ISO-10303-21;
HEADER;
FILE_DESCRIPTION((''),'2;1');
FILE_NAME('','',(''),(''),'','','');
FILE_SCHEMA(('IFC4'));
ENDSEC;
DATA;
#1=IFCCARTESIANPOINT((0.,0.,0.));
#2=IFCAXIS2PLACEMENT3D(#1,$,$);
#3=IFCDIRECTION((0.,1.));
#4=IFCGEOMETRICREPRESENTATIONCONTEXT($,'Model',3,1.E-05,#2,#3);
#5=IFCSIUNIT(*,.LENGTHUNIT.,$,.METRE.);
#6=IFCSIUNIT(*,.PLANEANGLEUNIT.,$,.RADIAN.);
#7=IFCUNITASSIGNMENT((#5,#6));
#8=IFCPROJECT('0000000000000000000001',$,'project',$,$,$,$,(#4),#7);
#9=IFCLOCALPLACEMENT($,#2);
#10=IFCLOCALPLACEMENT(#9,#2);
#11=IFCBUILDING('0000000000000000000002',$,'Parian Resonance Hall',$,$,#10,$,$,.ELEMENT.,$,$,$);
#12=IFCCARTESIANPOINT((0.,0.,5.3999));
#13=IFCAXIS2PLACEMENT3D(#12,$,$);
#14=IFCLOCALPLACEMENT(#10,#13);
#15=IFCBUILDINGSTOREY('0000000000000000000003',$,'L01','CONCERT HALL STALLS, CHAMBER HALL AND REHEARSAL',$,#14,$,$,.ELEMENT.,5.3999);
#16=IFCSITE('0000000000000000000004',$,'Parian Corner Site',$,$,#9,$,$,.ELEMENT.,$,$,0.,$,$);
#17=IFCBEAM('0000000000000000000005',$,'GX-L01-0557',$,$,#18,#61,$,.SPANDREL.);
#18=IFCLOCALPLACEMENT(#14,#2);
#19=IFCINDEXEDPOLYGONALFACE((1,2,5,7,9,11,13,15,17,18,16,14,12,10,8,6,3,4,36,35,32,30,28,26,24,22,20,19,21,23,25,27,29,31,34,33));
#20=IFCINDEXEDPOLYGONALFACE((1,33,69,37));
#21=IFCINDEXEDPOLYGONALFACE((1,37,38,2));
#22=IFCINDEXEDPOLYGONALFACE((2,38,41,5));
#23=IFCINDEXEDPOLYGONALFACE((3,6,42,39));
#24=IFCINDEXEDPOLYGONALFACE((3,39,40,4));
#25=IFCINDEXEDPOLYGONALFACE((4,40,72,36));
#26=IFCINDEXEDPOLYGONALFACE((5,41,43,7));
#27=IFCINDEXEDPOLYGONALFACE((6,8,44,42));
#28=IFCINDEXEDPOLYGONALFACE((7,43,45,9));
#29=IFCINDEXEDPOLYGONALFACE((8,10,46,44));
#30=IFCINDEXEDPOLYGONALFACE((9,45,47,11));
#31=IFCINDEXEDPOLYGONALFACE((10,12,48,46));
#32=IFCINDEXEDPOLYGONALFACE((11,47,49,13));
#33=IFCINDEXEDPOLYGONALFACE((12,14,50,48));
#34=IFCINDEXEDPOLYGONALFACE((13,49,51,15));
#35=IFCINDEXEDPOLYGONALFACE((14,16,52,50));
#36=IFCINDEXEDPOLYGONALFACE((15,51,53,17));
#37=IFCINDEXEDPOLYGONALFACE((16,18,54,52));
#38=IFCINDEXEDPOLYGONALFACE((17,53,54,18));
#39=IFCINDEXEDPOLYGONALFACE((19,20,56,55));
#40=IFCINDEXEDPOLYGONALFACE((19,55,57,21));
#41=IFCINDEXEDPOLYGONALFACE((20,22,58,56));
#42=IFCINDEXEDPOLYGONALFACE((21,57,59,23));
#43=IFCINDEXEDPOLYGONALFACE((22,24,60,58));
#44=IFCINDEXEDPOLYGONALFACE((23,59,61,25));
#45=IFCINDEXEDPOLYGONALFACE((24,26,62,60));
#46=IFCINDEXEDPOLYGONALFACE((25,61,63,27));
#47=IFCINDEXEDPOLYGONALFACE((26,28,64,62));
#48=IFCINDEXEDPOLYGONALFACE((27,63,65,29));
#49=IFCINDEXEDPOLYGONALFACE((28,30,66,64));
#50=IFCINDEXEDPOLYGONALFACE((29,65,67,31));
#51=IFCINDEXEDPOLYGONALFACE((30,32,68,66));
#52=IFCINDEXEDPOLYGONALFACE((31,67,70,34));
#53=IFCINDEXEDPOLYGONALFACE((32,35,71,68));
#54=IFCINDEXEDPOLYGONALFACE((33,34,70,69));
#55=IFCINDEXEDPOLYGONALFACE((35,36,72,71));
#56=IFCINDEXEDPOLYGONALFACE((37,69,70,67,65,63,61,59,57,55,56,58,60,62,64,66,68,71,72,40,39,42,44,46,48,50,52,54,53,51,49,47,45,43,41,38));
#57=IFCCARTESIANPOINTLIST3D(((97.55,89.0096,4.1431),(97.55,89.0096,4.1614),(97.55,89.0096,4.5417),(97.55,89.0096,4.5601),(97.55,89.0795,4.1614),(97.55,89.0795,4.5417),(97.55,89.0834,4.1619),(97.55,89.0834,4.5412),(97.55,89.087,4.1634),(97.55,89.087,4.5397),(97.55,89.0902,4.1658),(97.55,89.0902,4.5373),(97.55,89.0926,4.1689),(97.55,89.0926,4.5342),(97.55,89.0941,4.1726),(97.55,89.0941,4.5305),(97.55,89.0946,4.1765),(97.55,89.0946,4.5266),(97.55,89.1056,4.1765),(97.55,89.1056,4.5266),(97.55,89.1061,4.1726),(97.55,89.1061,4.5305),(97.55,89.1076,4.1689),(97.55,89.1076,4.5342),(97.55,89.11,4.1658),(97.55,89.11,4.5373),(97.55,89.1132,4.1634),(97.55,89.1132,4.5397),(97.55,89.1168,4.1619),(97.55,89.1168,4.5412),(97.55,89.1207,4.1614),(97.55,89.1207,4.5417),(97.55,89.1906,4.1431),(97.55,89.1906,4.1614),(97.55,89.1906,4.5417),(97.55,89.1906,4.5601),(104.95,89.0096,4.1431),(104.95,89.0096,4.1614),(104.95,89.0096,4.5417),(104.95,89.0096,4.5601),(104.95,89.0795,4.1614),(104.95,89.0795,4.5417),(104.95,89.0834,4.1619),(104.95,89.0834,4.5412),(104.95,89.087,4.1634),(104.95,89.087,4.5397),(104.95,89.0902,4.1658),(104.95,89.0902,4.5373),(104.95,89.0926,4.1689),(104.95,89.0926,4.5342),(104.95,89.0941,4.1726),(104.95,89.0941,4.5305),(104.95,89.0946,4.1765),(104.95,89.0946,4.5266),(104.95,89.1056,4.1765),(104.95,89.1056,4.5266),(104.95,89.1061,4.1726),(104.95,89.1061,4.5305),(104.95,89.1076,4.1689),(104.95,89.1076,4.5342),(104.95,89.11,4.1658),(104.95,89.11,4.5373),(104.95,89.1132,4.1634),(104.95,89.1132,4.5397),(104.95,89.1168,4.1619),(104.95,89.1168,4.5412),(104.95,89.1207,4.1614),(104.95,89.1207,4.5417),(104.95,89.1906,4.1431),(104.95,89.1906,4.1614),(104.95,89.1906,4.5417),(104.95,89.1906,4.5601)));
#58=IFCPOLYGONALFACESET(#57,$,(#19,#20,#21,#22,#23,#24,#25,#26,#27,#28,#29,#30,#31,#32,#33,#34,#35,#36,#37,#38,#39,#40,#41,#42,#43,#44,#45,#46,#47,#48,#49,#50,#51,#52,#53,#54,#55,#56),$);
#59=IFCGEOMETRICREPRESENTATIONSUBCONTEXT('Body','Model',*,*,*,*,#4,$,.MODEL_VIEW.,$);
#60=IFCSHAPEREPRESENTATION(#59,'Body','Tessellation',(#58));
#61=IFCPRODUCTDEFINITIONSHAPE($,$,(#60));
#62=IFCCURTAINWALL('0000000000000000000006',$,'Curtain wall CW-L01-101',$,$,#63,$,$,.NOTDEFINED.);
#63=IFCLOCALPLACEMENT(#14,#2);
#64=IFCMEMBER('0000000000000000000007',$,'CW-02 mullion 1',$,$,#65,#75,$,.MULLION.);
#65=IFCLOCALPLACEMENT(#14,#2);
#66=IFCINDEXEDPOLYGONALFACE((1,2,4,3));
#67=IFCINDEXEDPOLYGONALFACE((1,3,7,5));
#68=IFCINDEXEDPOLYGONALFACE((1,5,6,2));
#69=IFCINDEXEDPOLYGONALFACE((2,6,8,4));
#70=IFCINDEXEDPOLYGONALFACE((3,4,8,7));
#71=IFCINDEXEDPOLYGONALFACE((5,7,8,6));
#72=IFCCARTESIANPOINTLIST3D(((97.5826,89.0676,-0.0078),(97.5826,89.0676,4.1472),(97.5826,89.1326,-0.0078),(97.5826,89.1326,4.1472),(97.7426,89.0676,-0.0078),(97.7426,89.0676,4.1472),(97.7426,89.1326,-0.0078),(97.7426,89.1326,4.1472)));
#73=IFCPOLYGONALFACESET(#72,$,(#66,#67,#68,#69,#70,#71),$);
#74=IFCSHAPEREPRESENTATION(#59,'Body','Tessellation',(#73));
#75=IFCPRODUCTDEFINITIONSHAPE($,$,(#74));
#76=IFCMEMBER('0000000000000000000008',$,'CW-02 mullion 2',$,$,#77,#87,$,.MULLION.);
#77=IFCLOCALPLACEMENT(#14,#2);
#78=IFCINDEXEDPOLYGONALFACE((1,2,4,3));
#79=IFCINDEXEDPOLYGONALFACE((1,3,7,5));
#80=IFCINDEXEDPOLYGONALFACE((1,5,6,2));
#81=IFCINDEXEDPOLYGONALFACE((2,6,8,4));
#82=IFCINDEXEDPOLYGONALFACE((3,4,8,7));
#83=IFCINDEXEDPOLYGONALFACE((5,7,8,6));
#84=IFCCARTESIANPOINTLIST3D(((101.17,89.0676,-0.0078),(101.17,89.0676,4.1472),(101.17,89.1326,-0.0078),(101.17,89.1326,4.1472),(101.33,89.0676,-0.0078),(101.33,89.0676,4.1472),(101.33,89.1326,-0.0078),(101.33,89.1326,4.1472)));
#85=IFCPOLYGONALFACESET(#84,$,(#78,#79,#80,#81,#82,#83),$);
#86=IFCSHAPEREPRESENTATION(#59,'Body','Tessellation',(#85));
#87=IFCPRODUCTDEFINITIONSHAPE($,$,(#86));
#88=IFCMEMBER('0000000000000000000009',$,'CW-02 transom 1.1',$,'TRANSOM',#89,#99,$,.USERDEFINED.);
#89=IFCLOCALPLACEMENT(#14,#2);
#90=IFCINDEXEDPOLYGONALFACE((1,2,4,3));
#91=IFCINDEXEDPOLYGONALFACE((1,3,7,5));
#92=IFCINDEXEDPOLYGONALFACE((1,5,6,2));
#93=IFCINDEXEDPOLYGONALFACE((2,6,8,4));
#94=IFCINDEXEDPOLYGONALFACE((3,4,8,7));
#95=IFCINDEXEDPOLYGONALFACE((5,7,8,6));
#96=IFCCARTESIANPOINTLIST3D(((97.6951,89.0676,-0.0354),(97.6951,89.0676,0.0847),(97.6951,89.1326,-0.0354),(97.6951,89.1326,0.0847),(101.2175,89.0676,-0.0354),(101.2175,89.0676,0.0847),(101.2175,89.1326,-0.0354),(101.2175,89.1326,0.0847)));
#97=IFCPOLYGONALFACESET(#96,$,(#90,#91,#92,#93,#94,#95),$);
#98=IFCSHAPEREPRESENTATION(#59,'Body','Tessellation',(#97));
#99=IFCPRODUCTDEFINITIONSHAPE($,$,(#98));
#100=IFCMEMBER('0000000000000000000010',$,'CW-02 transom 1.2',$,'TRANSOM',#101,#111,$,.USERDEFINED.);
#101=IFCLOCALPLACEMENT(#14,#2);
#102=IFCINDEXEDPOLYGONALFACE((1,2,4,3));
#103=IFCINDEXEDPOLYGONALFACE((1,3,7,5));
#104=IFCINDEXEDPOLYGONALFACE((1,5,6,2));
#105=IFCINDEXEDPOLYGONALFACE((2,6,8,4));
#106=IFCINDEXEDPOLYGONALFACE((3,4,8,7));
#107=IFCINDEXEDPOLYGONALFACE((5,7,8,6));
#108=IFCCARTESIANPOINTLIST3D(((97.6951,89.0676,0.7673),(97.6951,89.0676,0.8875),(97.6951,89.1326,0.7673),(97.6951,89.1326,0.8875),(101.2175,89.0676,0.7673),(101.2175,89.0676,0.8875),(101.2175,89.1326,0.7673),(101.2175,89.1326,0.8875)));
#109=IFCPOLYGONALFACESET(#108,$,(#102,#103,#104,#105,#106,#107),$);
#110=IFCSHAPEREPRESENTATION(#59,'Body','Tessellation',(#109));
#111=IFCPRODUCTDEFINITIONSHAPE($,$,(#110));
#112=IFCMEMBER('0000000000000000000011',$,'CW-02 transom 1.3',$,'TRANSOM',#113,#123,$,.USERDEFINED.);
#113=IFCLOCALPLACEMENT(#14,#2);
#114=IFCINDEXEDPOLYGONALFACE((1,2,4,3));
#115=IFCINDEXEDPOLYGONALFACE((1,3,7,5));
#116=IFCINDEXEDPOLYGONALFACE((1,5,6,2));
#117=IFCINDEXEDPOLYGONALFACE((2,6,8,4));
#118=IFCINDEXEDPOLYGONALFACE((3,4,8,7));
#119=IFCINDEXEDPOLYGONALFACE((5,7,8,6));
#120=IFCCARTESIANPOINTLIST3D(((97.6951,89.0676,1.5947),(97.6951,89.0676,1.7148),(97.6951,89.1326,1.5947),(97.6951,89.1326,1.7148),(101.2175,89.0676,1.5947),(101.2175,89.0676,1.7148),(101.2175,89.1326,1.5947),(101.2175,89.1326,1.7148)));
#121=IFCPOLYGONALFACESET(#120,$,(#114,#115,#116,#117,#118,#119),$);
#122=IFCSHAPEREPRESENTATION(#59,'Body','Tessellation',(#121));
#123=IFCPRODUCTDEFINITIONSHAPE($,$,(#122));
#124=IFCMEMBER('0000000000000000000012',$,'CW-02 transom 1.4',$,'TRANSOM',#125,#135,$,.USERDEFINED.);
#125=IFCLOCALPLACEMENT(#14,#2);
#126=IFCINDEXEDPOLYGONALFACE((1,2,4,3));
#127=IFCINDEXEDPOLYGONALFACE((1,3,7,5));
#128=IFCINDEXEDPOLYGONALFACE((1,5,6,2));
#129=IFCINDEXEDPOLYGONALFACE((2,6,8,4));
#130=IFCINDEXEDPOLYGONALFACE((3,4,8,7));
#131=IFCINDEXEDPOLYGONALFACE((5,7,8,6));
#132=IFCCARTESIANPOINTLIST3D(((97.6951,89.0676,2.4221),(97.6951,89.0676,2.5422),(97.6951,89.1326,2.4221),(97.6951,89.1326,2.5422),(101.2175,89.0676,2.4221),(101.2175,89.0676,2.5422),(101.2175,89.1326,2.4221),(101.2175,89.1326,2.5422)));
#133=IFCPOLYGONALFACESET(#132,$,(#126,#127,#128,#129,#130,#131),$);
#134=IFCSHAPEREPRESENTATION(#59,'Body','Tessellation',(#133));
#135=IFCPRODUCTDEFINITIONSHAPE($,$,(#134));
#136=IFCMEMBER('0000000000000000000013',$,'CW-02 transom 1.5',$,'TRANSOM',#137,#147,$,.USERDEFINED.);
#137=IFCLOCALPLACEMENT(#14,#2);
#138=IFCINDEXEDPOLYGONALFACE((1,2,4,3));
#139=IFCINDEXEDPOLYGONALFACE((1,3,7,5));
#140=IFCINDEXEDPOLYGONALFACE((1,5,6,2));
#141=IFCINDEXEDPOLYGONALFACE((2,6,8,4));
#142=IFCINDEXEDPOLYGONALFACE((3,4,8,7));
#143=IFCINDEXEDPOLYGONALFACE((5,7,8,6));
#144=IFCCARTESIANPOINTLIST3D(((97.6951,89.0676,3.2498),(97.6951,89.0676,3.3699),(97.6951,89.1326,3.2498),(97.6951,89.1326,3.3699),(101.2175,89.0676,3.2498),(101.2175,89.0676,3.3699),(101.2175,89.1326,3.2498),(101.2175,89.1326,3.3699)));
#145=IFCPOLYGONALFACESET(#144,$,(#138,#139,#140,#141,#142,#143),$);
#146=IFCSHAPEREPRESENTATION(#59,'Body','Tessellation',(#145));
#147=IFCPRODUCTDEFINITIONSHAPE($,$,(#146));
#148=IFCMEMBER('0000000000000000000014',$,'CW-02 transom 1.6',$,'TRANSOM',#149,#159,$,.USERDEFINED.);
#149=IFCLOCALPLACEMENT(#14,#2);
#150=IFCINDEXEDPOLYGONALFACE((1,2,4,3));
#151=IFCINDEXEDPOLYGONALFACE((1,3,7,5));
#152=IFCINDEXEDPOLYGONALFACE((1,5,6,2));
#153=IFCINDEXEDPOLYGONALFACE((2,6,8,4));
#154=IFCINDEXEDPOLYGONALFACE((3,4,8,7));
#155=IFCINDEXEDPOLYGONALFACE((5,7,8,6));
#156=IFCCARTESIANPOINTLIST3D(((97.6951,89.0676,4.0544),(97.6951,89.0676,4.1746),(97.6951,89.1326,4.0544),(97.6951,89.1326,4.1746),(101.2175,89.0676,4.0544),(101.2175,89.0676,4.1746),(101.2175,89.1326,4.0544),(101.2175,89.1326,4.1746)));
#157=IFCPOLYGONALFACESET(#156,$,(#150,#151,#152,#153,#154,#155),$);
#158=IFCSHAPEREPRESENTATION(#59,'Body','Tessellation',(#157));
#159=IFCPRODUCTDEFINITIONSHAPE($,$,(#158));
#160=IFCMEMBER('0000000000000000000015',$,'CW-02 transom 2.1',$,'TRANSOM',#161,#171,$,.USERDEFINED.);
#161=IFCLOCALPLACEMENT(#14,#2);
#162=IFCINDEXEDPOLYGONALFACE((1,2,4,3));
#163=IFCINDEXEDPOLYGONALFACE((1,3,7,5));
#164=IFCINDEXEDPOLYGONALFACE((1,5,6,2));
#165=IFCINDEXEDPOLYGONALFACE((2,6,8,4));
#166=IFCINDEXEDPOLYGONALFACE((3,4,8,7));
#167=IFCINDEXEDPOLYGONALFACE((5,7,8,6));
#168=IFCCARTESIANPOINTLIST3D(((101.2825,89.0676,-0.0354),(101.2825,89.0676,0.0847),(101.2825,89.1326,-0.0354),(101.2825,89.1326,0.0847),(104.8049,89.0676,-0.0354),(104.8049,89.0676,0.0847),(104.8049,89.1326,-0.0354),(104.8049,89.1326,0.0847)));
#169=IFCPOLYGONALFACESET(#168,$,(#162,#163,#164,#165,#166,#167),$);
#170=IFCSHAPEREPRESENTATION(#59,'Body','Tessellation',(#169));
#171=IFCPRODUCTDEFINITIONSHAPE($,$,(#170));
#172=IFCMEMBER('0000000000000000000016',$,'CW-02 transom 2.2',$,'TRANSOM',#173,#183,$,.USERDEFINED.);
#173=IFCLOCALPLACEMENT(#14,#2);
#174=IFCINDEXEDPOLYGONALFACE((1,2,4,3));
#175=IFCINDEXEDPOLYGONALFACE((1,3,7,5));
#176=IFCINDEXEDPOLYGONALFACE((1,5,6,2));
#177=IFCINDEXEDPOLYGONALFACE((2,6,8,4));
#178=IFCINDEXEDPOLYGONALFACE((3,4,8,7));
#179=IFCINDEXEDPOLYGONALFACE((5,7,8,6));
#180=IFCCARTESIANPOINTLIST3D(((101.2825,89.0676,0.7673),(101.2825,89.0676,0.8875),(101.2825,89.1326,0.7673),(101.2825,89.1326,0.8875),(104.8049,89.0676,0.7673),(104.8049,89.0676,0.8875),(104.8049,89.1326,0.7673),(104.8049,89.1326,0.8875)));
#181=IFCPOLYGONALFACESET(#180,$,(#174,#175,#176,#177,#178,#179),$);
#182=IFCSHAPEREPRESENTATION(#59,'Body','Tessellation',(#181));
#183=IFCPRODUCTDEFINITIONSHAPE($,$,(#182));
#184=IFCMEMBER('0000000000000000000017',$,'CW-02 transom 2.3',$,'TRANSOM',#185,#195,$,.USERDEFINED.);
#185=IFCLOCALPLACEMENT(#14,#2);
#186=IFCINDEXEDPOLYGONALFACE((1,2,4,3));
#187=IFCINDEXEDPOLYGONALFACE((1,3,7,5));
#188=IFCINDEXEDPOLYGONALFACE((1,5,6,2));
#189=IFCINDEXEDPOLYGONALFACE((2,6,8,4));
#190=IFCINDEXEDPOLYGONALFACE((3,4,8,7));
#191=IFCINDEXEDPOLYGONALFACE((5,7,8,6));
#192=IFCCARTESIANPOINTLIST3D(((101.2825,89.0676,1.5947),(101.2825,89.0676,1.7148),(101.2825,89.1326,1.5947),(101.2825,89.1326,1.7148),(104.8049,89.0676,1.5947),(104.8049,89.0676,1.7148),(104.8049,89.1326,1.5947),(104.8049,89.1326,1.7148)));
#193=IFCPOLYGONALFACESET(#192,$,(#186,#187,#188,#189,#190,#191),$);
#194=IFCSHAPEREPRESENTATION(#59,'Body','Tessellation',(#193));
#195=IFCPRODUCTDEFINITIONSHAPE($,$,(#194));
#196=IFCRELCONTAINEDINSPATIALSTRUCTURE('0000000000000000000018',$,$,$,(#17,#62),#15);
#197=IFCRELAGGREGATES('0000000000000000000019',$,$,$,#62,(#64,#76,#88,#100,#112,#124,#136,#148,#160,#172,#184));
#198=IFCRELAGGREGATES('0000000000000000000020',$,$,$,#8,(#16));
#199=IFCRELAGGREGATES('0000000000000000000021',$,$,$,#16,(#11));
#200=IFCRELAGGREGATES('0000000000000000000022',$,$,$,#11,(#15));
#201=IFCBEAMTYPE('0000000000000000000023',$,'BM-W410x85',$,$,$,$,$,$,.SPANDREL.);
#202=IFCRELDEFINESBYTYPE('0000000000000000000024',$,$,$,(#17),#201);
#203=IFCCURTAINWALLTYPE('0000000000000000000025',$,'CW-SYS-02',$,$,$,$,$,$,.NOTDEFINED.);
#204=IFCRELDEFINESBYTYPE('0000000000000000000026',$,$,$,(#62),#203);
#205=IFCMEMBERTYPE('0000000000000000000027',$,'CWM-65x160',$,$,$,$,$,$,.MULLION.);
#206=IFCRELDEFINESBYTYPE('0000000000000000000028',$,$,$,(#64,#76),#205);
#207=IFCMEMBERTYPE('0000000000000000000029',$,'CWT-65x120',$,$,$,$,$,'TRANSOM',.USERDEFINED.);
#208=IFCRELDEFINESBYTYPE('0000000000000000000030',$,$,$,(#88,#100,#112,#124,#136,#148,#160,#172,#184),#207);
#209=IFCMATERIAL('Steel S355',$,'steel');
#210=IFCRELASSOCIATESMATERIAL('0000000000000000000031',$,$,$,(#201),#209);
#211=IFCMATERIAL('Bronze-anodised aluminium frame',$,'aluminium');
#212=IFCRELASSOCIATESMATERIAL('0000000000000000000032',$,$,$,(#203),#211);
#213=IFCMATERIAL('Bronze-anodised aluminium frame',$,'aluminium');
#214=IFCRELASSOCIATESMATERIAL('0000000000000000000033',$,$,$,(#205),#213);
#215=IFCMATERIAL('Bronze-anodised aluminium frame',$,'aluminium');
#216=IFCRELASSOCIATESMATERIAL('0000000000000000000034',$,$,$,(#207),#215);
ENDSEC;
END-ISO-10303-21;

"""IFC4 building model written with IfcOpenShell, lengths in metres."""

from ifc_helpers import new_model, si_unit, direction, frame, origin, origin_2d, place, context, subcontext, project, spatial, rectangle, i_section, extrude, material, material_profile, profile_set, type_object, element, aggregate, save


model = new_model("IFC4")

# Units and contexts
model_context = context("Model", 3, precision=1e-05, world=origin(), true_north=direction((0.0, 1.0)))
body_context = subcontext(model_context, "Body", "Model", "MODEL_VIEW")
ifc_project = project(units=[si_unit("LENGTHUNIT", "METRE"), si_unit("PLANEANGLEUNIT", "RADIAN")], contexts=[model_context])

# Site, building, storey
site_placement = place(None, origin())
site = spatial("IfcSite", under=ifc_project, at=site_placement, Name="Parian Corner Site", CompositionType="ELEMENT", RefElevation=0.0)
building_placement = place(site_placement, origin())
building = spatial("IfcBuilding", under=site, at=building_placement, Name="Parian Resonance Hall", CompositionType="ELEMENT")
storey_placement = place(building_placement, frame((0.0, 0.0, 5.3999)))
storey = spatial("IfcBuildingStorey", under=building, at=storey_placement, Name="L01", Description="CONCERT HALL STALLS, CHAMBER HALL AND REHEARSAL", CompositionType="ELEMENT", Elevation=5.3999)

# Beam
ifc_material_1 = material(Name="Steel S355", Category="steel")
ifc_material_profile_1 = material_profile(ifc_material_1, i_section(OverallWidth=0.1809, OverallDepth=0.417, WebThickness=0.011, FlangeThickness=0.0183, FilletRadius=0.0151, at=origin_2d()), Name="W410x85")
ifc_profile_set_1 = profile_set([ifc_material_profile_1], Name="Steel S355")
beam_type = type_object("IfcBeamType", Name="BM-W410x85", PredefinedType="SPANDREL", material=ifc_profile_set_1)
beam_placement = place(storey_placement, frame((97.55, 89.1001, 4.3516), z_axis=(1.0, 0.0, 0.0), x_axis=(0.0, 1.0, 0.0)))
element("IfcBeam", 1, at=beam_placement, inside=storey, type_object=beam_type, Name="GX-L01-0557", PredefinedType="SPANDREL", context=body_context, shape_type="SweptSolid", body=[
    extrude(i_section(OverallWidth=0.1809, OverallDepth=0.417, WebThickness=0.011, FlangeThickness=0.0183, FilletRadius=0.0151, at=origin_2d()), origin(), (0.0, 0.0, 1.0), 7.3999),
])

# Curtain wall, members
ifc_material_2 = material(Name="Bronze-anodised aluminium frame", Category="aluminium")
curtain_wall_type = type_object("IfcCurtainWallType", Name="CW-SYS-02", PredefinedType="NOTDEFINED", material=ifc_material_2)
curtain_wall_placement = place(storey_placement, origin())
curtain_wall = element("IfcCurtainWall", 2, at=curtain_wall_placement, inside=storey, type_object=curtain_wall_type, Name="Curtain wall CW-L01-101", PredefinedType="NOTDEFINED")
ifc_material_3 = material(Name="Bronze-anodised aluminium frame", Category="aluminium")
ifc_material_profile_2 = material_profile(ifc_material_3, rectangle(XDim=0.0649, YDim=0.1599, at=origin_2d()), Name="CWM-65x160")
ifc_profile_set_2 = profile_set([ifc_material_profile_2], Name="Bronze-anodised aluminium frame")
member_type_1 = type_object("IfcMemberType", Name="CWM-65x160", PredefinedType="MULLION", material=ifc_profile_set_2)
member_1_placement = place(storey_placement, frame((97.6626, 89.1001, -0.0078), z_axis=(0.0, 0.0, 1.0), x_axis=(0.0, 1.0, 0.0)))
member_1 = element("IfcMember", 3, at=member_1_placement, type_object=member_type_1, Name="CW-02 mullion 1", PredefinedType="MULLION", context=body_context, shape_type="SweptSolid", body=[
    extrude(rectangle(XDim=0.0649, YDim=0.1599, at=origin_2d()), origin(), (0.0, 0.0, 1.0), 4.155),
])
member_2_placement = place(storey_placement, frame((101.25, 89.1001, -0.0078), z_axis=(0.0, 0.0, 1.0), x_axis=(0.0, 1.0, 0.0)))
member_2 = element("IfcMember", 4, at=member_2_placement, type_object=member_type_1, Name="CW-02 mullion 2", PredefinedType="MULLION", context=body_context, shape_type="SweptSolid", body=[
    extrude(rectangle(XDim=0.0649, YDim=0.1599, at=origin_2d()), origin(), (0.0, 0.0, 1.0), 4.155),
])
ifc_material_4 = material(Name="Bronze-anodised aluminium frame", Category="aluminium")
ifc_material_profile_3 = material_profile(ifc_material_4, rectangle(XDim=0.0649, YDim=0.1201, at=origin_2d()), Name="CWT-65x120")
ifc_profile_set_3 = profile_set([ifc_material_profile_3], Name="Bronze-anodised aluminium frame")
member_type_2 = type_object("IfcMemberType", Name="CWT-65x120", ElementType="TRANSOM", PredefinedType="USERDEFINED", material=ifc_profile_set_3)
member_3_placement = place(storey_placement, frame((97.6951, 89.1001, 0.0247), z_axis=(1.0, 0.0, 0.0), x_axis=(0.0, 1.0, 0.0)))
member_3 = element("IfcMember", 5, at=member_3_placement, type_object=member_type_2, Name="CW-02 transom 1.1", ObjectType="TRANSOM", PredefinedType="USERDEFINED", context=body_context, shape_type="SweptSolid", body=[
    extrude(rectangle(XDim=0.0649, YDim=0.1201, at=origin_2d()), origin(), (0.0, 0.0, 1.0), 3.5225),
])
member_4_placement = place(storey_placement, frame((97.6951, 89.1001, 0.8274), z_axis=(1.0, 0.0, 0.0), x_axis=(0.0, 1.0, 0.0)))
member_4 = element("IfcMember", 6, at=member_4_placement, type_object=member_type_2, Name="CW-02 transom 1.2", ObjectType="TRANSOM", PredefinedType="USERDEFINED", context=body_context, shape_type="SweptSolid", body=[
    extrude(rectangle(XDim=0.0649, YDim=0.1201, at=origin_2d()), origin(), (0.0, 0.0, 1.0), 3.5225),
])
member_5_placement = place(storey_placement, frame((97.6951, 89.1001, 1.6548), z_axis=(1.0, 0.0, 0.0), x_axis=(0.0, 1.0, 0.0)))
member_5 = element("IfcMember", 7, at=member_5_placement, type_object=member_type_2, Name="CW-02 transom 1.3", ObjectType="TRANSOM", PredefinedType="USERDEFINED", context=body_context, shape_type="SweptSolid", body=[
    extrude(rectangle(XDim=0.0649, YDim=0.1201, at=origin_2d()), origin(), (0.0, 0.0, 1.0), 3.5225),
])
member_6_placement = place(storey_placement, frame((97.6951, 89.1001, 2.4822), z_axis=(1.0, 0.0, 0.0), x_axis=(0.0, 1.0, 0.0)))
member_6 = element("IfcMember", 8, at=member_6_placement, type_object=member_type_2, Name="CW-02 transom 1.4", ObjectType="TRANSOM", PredefinedType="USERDEFINED", context=body_context, shape_type="SweptSolid", body=[
    extrude(rectangle(XDim=0.0649, YDim=0.1201, at=origin_2d()), origin(), (0.0, 0.0, 1.0), 3.5225),
])
member_7_placement = place(storey_placement, frame((97.6951, 89.1001, 3.3098), z_axis=(1.0, 0.0, 0.0), x_axis=(0.0, 1.0, 0.0)))
member_7 = element("IfcMember", 9, at=member_7_placement, type_object=member_type_2, Name="CW-02 transom 1.5", ObjectType="TRANSOM", PredefinedType="USERDEFINED", context=body_context, shape_type="SweptSolid", body=[
    extrude(rectangle(XDim=0.0649, YDim=0.1201, at=origin_2d()), origin(), (0.0, 0.0, 1.0), 3.5225),
])
member_8_placement = place(storey_placement, frame((97.6951, 89.1001, 4.1145), z_axis=(1.0, 0.0, 0.0), x_axis=(0.0, 1.0, 0.0)))
member_8 = element("IfcMember", 10, at=member_8_placement, type_object=member_type_2, Name="CW-02 transom 1.6", ObjectType="TRANSOM", PredefinedType="USERDEFINED", context=body_context, shape_type="SweptSolid", body=[
    extrude(rectangle(XDim=0.0649, YDim=0.1201, at=origin_2d()), origin(), (0.0, 0.0, 1.0), 3.5225),
])
member_9_placement = place(storey_placement, frame((101.2825, 89.1001, 0.0247), z_axis=(1.0, 0.0, 0.0), x_axis=(0.0, 1.0, 0.0)))
member_9 = element("IfcMember", 11, at=member_9_placement, type_object=member_type_2, Name="CW-02 transom 2.1", ObjectType="TRANSOM", PredefinedType="USERDEFINED", context=body_context, shape_type="SweptSolid", body=[
    extrude(rectangle(XDim=0.0649, YDim=0.1201, at=origin_2d()), origin(), (0.0, 0.0, 1.0), 3.5225),
])
member_10_placement = place(storey_placement, frame((101.2825, 89.1001, 0.8274), z_axis=(1.0, 0.0, 0.0), x_axis=(0.0, 1.0, 0.0)))
member_10 = element("IfcMember", 12, at=member_10_placement, type_object=member_type_2, Name="CW-02 transom 2.2", ObjectType="TRANSOM", PredefinedType="USERDEFINED", context=body_context, shape_type="SweptSolid", body=[
    extrude(rectangle(XDim=0.0649, YDim=0.1201, at=origin_2d()), origin(), (0.0, 0.0, 1.0), 3.5225),
])
member_11_placement = place(storey_placement, frame((101.2825, 89.1001, 1.6548), z_axis=(1.0, 0.0, 0.0), x_axis=(0.0, 1.0, 0.0)))
member_11 = element("IfcMember", 13, at=member_11_placement, type_object=member_type_2, Name="CW-02 transom 2.3", ObjectType="TRANSOM", PredefinedType="USERDEFINED", context=body_context, shape_type="SweptSolid", body=[
    extrude(rectangle(XDim=0.0649, YDim=0.1201, at=origin_2d()), origin(), (0.0, 0.0, 1.0), 3.5225),
])
aggregate(curtain_wall, [member_1, member_2, member_3, member_4, member_5, member_6, member_7, member_8, member_9, member_10, member_11])

save(model, "model.ifc")
